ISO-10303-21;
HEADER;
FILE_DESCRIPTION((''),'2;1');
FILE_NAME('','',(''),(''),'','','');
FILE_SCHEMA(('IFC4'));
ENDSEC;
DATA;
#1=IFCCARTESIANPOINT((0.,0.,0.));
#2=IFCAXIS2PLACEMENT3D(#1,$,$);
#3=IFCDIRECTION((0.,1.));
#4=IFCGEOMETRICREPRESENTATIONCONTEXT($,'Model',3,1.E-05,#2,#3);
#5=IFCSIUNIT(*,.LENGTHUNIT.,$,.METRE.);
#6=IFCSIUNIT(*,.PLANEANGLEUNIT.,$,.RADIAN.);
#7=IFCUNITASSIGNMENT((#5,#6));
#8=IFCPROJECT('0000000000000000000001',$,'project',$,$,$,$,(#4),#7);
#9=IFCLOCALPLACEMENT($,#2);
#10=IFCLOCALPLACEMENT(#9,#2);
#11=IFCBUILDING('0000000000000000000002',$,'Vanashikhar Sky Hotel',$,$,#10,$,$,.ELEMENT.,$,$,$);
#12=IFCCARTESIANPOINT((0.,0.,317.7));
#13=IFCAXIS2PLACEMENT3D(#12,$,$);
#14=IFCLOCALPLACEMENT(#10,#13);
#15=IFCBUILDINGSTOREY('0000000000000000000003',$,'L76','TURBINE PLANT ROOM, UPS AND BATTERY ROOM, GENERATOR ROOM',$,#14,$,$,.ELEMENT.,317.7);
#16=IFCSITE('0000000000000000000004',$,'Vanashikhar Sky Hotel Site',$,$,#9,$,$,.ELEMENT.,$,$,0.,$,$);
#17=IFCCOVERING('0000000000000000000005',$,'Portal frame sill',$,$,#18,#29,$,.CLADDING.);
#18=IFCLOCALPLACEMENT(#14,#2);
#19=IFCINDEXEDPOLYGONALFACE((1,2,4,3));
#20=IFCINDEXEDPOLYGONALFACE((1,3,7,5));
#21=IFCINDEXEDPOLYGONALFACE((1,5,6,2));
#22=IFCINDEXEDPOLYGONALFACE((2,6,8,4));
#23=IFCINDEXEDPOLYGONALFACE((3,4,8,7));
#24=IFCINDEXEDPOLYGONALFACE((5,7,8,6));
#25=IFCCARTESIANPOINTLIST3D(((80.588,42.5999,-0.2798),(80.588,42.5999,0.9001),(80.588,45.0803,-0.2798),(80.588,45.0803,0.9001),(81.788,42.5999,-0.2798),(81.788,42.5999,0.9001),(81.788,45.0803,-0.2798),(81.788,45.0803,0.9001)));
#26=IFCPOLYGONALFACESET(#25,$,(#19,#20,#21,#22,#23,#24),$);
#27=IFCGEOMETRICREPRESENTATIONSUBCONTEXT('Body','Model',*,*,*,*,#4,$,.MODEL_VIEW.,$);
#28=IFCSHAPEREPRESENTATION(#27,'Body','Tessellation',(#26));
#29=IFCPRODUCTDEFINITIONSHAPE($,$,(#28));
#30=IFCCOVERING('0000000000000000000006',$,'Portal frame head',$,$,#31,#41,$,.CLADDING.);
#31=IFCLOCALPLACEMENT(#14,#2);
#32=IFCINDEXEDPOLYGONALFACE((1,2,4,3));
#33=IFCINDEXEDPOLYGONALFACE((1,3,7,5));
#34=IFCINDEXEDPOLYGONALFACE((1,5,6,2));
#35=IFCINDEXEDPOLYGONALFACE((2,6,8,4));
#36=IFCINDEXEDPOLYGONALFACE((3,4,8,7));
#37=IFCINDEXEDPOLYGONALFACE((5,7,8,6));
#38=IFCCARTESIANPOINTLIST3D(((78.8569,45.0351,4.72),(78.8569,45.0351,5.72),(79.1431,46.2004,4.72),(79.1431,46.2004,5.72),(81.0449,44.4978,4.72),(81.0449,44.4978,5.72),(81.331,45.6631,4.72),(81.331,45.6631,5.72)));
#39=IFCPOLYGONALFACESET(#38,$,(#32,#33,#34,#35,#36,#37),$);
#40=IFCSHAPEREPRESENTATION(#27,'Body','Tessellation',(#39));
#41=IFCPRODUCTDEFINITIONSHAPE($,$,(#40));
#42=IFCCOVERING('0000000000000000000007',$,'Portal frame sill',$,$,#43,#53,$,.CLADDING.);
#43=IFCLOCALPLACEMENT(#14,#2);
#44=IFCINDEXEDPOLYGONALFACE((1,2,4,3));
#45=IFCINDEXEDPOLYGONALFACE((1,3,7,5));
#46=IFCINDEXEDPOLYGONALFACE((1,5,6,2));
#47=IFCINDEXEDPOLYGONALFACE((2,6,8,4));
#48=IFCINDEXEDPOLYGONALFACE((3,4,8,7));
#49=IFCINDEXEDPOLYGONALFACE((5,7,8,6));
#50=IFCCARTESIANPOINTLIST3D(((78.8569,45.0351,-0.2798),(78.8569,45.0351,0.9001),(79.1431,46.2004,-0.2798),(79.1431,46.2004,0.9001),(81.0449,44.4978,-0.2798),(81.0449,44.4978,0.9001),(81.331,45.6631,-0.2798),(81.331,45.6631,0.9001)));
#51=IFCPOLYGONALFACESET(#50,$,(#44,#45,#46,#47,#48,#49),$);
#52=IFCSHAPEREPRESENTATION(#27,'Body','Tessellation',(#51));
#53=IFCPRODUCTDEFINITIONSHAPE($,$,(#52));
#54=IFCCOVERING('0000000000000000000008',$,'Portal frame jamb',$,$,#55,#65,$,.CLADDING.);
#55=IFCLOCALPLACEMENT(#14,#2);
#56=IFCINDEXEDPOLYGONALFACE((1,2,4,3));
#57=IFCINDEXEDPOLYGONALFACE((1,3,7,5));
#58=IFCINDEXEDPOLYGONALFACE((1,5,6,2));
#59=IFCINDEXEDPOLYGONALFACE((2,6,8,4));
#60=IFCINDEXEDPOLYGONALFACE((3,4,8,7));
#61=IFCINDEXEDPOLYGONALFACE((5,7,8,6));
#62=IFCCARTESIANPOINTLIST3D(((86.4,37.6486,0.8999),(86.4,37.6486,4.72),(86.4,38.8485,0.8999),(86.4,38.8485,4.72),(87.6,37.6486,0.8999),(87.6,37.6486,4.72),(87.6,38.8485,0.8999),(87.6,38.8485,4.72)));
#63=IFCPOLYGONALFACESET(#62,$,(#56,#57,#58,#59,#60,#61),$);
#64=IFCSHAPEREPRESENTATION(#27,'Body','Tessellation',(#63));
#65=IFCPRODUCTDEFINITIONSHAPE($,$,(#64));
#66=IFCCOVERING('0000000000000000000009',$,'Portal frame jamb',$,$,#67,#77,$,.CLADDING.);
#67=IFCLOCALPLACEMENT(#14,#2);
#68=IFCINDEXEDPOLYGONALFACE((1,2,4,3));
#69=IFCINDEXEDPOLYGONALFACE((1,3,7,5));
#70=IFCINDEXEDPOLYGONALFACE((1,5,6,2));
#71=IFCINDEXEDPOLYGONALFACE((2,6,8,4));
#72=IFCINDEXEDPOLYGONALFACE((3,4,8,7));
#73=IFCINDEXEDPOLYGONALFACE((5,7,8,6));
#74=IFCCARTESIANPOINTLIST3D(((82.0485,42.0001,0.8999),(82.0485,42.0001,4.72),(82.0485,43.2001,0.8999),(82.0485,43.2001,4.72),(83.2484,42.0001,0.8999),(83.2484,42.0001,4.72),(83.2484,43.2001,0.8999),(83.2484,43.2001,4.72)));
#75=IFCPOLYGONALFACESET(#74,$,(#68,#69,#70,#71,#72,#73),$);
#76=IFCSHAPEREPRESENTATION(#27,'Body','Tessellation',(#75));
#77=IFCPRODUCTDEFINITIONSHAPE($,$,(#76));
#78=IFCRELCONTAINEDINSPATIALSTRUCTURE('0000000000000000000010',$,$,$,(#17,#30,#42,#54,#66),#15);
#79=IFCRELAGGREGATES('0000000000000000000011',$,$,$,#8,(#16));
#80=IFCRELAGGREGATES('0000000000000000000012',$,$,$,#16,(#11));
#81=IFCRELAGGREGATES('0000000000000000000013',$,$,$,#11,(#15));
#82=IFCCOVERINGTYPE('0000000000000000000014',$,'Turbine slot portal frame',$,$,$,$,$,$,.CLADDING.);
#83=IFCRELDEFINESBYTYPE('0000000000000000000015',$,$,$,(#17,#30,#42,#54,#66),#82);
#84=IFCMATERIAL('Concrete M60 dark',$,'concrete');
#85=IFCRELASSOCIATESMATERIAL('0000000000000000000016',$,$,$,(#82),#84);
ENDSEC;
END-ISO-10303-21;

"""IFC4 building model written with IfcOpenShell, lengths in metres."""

from ifc_helpers import new_model, si_unit, direction, frame, origin, origin_2d, place, context, subcontext, project, spatial, rectangle, extrude, source, transform, mapped, material, type_object, element, save


model = new_model("IFC4")

# Units and contexts
model_context = context("Model", 3, precision=1e-05, world=origin(), true_north=direction((0.0, 1.0)))
body_context = subcontext(model_context, "Body", "Model", "MODEL_VIEW")
ifc_project = project(units=[si_unit("LENGTHUNIT", "METRE"), si_unit("PLANEANGLEUNIT", "RADIAN")], contexts=[model_context])

# Site, building, storey
site_placement = place(None, origin())
site = spatial("IfcSite", under=ifc_project, at=site_placement, Name="Vanashikhar Sky Hotel Site", CompositionType="ELEMENT", RefElevation=0.0)
building_placement = place(site_placement, origin())
building = spatial("IfcBuilding", under=site, at=building_placement, Name="Vanashikhar Sky Hotel", CompositionType="ELEMENT")
storey_placement = place(building_placement, frame((0.0, 0.0, 317.7)))
storey = spatial("IfcBuildingStorey", under=building, at=storey_placement, Name="L76", Description="TURBINE PLANT ROOM, UPS AND BATTERY ROOM, GENERATOR ROOM", CompositionType="ELEMENT", Elevation=317.7)

# Shared definitions
ifc_material_1 = material(Name="Concrete M60 dark", Category="concrete")
covering_type = type_object("IfcCoveringType", Name="Turbine slot portal frame", PredefinedType="CLADDING", material=ifc_material_1)

# Coverings
shared_shape_1 = source(origin(), body_context, "Body", "SweptSolid", [
    extrude(rectangle(XDim=2.4805, YDim=1.2, at=origin_2d()), origin(), (0.0, 0.0, 1.0), 1.1799),
])
covering_1_placement = place(storey_placement, frame((81.188, 43.8401, -0.2798), z_axis=(0.0, 0.0, 1.0), x_axis=(0.0, 1.0, 0.0)))
element("IfcCovering", 1, at=covering_1_placement, inside=storey, type_object=covering_type, Name="Portal frame sill", PredefinedType="CLADDING", context=body_context, shape_type="MappedRepresentation", body=[
    mapped(shared_shape_1, transform((0.0, 0.0, 0.0), scale=1.0)),
])
shared_shape_2 = source(origin(), body_context, "Body", "SweptSolid", [
    extrude(rectangle(XDim=2.2529, YDim=1.2, at=origin_2d()), origin(), (0.0, 0.0, 1.0), 1.0),
])
covering_2_placement = place(storey_placement, frame((80.094, 45.3491, 4.72), z_axis=(0.0, 0.0, 1.0), x_axis=(-0.971147, 0.238483, 0.0)))
element("IfcCovering", 2, at=covering_2_placement, inside=storey, type_object=covering_type, Name="Portal frame head", PredefinedType="CLADDING", context=body_context, shape_type="MappedRepresentation", body=[
    mapped(shared_shape_2, transform((0.0, 0.0, 0.0), scale=1.0)),
])
shared_shape_3 = source(origin(), body_context, "Body", "SweptSolid", [
    extrude(rectangle(XDim=2.2529, YDim=1.2, at=origin_2d()), origin(), (0.0, 0.0, 1.0), 1.1799),
])
covering_3_placement = place(storey_placement, frame((80.094, 45.3491, -0.2798), z_axis=(0.0, 0.0, 1.0), x_axis=(-0.971147, 0.238483, 0.0)))
element("IfcCovering", 3, at=covering_3_placement, inside=storey, type_object=covering_type, Name="Portal frame sill", PredefinedType="CLADDING", context=body_context, shape_type="MappedRepresentation", body=[
    mapped(shared_shape_3, transform((0.0, 0.0, 0.0), scale=1.0)),
])
shared_shape_4 = source(origin(), body_context, "Body", "SweptSolid", [
    extrude(rectangle(XDim=1.2, YDim=1.2, at=origin_2d()), origin(), (0.0, 0.0, 1.0), 3.8201),
])
for number, where, z_axis, x_axis, name in (
    (4, (87.0, 38.2485, 0.8999), (0.0, 0.0, 1.0), (1.0, 0.0, 0.0), "Portal frame jamb"),
    (5, (82.6484, 42.6001, 0.8999), (0.0, 0.0, 1.0), (1.0, 0.0, 0.0), "Portal frame jamb"),
):
    element("IfcCovering", number, at=place(storey_placement, frame(where, z_axis=z_axis, x_axis=x_axis)), inside=storey, type_object=covering_type, Name=name, PredefinedType="CLADDING", context=body_context, shape_type="MappedRepresentation", body=[
        mapped(shared_shape_4, transform((0.0, 0.0, 0.0), scale=1.0)),
    ])

save(model, "model.ifc")
